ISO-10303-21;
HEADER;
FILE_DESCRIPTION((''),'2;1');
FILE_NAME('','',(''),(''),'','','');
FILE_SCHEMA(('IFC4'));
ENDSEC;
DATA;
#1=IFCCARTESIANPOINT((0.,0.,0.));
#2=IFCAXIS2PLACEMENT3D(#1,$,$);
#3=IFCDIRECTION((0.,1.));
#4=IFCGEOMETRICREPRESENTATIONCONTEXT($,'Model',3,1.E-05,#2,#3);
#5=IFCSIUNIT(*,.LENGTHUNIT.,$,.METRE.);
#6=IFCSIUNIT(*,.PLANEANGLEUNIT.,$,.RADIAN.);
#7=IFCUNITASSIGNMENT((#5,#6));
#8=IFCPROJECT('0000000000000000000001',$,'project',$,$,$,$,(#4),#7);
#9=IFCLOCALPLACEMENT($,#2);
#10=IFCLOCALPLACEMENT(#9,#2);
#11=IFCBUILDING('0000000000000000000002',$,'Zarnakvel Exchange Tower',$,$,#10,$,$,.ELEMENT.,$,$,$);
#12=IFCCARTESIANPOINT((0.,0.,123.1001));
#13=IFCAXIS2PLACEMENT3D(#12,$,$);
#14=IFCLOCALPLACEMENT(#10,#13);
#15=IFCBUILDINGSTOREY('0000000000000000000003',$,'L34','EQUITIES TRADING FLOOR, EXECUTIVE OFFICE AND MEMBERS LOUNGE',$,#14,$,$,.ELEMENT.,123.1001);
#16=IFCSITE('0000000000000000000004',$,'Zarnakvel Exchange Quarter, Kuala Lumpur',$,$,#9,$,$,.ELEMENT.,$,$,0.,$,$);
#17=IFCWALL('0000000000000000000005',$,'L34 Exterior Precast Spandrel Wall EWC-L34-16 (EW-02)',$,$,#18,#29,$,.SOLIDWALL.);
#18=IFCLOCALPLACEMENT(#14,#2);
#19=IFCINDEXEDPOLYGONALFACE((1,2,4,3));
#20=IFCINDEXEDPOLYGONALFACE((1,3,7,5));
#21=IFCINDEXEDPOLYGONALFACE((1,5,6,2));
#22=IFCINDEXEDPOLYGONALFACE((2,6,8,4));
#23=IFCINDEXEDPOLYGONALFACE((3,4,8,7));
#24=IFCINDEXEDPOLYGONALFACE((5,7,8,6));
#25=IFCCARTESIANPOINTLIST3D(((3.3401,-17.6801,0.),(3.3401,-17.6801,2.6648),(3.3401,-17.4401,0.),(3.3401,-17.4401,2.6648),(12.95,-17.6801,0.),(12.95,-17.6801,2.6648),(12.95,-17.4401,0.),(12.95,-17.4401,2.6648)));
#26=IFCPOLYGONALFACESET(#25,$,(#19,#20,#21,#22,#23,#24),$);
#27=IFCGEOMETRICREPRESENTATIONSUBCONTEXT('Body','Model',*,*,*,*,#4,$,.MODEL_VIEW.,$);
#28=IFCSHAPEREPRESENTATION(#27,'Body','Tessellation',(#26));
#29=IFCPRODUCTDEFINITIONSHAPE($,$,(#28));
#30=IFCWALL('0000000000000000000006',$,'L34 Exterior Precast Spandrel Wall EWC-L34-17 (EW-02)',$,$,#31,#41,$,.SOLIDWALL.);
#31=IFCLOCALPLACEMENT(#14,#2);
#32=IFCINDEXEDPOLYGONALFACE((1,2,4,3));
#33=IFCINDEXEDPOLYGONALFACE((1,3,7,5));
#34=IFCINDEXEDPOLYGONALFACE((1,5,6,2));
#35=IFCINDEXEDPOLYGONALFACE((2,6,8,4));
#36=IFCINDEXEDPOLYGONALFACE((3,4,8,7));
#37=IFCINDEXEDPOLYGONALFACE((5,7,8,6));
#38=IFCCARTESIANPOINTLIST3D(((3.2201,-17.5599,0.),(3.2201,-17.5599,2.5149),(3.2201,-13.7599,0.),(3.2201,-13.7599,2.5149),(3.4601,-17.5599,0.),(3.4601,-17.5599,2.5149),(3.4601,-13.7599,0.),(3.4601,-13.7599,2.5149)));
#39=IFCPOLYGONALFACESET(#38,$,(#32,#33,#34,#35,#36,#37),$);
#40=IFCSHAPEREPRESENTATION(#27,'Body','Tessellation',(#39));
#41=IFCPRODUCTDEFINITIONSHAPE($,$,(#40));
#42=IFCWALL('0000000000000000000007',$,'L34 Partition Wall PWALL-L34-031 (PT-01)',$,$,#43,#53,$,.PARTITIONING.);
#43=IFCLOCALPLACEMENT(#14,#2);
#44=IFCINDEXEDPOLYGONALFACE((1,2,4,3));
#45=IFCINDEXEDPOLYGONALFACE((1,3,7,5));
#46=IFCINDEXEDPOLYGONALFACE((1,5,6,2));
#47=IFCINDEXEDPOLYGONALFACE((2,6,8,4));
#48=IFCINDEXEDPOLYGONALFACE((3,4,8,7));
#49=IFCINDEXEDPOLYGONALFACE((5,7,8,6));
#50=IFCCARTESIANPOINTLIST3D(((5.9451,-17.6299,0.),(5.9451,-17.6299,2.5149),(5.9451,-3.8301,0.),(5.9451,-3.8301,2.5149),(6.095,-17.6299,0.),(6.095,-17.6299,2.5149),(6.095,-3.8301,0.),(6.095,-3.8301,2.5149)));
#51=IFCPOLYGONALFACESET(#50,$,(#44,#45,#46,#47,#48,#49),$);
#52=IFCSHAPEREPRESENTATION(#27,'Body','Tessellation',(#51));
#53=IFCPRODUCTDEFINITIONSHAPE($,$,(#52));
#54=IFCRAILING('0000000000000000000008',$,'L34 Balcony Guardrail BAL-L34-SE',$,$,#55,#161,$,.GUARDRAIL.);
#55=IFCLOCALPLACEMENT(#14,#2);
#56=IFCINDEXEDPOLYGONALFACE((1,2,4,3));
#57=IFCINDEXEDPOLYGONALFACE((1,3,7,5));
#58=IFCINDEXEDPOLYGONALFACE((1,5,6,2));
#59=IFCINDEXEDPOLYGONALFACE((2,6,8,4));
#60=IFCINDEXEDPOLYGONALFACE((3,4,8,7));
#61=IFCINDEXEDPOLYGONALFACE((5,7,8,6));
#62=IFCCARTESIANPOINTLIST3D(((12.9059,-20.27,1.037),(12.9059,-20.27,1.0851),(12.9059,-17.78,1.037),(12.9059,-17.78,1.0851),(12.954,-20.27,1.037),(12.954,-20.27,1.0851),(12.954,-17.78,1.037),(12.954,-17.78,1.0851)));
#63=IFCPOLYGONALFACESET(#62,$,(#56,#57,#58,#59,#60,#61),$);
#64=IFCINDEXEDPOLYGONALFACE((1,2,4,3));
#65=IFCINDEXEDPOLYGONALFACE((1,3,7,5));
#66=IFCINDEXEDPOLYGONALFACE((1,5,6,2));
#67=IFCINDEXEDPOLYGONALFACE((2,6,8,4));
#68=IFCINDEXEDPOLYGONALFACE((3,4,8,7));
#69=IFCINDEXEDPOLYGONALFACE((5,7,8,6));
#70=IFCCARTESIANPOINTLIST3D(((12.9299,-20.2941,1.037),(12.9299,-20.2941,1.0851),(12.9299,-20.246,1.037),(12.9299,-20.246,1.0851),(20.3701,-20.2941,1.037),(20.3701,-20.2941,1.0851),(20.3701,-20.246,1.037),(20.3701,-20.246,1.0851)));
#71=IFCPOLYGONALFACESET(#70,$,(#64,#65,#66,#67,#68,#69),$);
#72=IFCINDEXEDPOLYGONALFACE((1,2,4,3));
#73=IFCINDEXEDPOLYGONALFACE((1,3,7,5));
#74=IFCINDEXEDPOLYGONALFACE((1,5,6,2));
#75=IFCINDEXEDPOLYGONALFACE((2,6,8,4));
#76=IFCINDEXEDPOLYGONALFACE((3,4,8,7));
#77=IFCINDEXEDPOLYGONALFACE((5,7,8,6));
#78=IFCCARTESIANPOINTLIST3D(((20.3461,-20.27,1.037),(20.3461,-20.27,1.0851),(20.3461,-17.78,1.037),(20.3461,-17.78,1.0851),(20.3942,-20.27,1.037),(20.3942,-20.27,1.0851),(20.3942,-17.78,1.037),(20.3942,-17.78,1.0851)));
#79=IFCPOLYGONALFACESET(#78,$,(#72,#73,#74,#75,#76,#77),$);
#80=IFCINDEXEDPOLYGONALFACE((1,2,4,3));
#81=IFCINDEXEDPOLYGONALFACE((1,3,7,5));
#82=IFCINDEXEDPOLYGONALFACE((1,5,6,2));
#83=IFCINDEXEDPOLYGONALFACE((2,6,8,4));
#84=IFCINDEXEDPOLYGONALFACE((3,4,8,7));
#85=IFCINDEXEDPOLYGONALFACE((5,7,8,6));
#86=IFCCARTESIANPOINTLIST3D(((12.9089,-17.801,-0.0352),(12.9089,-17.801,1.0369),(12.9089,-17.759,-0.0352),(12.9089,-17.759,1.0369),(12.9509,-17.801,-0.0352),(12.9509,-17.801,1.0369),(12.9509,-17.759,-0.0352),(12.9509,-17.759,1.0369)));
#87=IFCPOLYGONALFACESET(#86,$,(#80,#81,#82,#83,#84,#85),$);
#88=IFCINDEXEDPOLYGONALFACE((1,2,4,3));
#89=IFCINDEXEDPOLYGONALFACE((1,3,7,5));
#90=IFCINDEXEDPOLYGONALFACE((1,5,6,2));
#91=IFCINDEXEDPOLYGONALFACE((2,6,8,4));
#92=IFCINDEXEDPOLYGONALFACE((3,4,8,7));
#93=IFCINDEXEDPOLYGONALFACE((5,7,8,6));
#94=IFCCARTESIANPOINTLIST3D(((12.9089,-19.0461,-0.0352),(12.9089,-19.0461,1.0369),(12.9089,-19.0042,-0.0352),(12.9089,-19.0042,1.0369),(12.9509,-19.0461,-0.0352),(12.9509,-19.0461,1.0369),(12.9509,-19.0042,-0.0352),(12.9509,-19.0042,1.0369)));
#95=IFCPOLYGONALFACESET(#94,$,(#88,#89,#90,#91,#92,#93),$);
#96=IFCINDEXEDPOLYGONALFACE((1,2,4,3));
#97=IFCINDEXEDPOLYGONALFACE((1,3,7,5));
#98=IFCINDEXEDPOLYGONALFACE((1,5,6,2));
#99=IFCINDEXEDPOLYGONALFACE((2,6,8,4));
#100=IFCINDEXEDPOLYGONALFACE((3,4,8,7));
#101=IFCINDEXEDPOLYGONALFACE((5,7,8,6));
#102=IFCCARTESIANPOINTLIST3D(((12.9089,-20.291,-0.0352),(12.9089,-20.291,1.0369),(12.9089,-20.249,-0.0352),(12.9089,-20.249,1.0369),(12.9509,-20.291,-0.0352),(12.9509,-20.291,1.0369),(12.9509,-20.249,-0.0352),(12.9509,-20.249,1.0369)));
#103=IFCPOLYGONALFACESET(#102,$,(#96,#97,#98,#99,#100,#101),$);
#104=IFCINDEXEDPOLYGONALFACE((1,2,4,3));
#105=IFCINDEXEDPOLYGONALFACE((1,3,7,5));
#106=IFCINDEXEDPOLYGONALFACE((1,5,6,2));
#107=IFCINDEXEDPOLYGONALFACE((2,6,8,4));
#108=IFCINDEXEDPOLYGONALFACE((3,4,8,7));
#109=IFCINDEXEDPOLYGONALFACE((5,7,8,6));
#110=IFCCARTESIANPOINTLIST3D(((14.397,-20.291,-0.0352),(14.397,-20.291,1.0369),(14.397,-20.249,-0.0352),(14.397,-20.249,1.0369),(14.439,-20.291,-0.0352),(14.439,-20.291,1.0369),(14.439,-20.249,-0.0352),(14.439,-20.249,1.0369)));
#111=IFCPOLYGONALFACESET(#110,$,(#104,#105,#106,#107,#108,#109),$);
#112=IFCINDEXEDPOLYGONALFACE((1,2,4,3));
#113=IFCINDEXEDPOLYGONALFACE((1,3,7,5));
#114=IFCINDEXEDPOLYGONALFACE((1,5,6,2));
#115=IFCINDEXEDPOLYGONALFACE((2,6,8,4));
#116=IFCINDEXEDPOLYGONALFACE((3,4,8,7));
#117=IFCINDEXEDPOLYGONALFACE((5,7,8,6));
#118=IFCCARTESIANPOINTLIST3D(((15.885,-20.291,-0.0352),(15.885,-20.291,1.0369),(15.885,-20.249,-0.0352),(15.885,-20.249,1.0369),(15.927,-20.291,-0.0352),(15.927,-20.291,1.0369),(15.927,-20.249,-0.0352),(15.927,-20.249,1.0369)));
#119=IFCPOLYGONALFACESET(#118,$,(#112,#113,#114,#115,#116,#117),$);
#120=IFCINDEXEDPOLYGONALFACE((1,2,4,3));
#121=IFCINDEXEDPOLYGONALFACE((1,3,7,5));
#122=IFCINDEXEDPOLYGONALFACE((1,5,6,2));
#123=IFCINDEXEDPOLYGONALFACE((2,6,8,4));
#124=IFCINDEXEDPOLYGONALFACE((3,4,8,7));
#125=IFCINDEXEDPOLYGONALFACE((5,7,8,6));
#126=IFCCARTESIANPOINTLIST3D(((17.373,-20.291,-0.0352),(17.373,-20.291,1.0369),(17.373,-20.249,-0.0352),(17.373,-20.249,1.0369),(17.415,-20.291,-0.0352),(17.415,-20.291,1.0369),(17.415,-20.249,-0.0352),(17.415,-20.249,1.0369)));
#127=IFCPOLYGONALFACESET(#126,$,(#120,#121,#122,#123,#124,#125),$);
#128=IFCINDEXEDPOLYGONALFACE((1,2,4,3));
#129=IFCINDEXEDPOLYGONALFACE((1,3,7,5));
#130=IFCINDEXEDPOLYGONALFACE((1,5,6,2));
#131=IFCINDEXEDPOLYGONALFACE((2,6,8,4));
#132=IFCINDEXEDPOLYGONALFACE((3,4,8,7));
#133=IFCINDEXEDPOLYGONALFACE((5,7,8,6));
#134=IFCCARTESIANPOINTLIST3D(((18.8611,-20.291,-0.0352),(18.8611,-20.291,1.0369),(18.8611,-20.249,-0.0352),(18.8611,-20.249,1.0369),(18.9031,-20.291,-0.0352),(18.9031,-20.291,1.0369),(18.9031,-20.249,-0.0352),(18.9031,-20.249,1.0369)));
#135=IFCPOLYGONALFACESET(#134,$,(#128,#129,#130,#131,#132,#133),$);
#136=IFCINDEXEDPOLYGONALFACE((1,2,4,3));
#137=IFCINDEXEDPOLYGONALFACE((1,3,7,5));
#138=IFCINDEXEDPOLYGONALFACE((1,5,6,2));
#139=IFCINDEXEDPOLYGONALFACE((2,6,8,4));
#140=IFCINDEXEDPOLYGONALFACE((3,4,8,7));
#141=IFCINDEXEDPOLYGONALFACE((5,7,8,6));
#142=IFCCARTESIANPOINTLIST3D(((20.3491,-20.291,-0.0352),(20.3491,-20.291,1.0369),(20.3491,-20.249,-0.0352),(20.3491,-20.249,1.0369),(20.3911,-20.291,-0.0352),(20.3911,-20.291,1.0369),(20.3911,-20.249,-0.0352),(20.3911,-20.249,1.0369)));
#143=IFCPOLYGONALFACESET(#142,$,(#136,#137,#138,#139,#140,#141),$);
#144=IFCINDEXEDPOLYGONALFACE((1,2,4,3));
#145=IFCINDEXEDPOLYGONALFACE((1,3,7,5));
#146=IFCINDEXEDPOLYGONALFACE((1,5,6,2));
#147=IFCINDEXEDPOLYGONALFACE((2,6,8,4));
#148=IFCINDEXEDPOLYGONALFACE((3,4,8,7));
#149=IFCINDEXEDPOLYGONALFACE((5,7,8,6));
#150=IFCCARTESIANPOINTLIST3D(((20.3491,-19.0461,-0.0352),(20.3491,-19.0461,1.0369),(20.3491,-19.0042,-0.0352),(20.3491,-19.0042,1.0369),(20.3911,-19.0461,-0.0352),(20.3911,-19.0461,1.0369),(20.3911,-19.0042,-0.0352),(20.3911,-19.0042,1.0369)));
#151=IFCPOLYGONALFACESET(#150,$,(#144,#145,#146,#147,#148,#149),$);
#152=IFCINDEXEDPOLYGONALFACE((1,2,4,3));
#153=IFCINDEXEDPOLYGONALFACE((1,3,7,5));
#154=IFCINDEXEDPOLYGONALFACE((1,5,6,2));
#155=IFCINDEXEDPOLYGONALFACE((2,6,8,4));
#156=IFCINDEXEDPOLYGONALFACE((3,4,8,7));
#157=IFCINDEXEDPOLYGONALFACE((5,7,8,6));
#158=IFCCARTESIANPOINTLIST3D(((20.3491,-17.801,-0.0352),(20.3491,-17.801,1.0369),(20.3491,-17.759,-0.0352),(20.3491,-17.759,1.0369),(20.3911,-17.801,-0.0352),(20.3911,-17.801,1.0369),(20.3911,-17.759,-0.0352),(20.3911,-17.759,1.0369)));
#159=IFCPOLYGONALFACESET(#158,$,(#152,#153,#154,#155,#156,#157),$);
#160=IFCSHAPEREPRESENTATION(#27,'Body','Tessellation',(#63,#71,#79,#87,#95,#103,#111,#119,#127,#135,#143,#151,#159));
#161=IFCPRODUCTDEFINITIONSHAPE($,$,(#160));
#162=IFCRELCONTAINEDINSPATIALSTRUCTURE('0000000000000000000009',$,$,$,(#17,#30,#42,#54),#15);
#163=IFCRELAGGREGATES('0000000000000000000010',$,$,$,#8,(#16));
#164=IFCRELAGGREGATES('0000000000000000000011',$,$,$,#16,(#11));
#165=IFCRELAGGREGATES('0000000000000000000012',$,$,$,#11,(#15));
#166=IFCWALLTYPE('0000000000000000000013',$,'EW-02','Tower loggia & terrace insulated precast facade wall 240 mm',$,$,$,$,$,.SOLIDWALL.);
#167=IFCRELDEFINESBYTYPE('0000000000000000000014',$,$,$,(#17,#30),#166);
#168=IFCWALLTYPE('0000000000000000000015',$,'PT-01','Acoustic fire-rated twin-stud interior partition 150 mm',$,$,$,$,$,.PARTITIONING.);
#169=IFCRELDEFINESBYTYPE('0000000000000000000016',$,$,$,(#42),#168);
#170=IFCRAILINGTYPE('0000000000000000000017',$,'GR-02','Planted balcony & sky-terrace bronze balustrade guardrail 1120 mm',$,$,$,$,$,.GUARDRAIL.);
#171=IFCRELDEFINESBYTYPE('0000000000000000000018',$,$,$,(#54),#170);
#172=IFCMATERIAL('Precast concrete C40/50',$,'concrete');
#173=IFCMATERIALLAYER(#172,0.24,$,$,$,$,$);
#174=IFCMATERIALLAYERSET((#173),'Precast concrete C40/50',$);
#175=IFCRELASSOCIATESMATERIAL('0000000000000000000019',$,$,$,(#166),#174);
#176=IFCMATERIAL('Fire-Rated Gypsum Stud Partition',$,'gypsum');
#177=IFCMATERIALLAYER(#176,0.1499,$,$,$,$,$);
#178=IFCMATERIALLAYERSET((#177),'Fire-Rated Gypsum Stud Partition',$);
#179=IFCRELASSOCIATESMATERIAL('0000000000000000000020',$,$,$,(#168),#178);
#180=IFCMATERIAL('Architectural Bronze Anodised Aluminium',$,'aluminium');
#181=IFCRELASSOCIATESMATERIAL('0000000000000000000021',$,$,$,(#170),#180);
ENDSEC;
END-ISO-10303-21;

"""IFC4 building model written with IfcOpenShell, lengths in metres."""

from ifc_helpers import new_model, si_unit, direction, frame, frame_2d, origin, origin_2d, place, context, subcontext, project, spatial, rectangle, extrude, material, layer, layer_set, type_object, element, save


model = new_model("IFC4")

# Units and contexts
model_context = context("Model", 3, precision=1e-05, world=origin(), true_north=direction((0.0, 1.0)))
body_context = subcontext(model_context, "Body", "Model", "MODEL_VIEW")
ifc_project = project(units=[si_unit("LENGTHUNIT", "METRE"), si_unit("PLANEANGLEUNIT", "RADIAN")], contexts=[model_context])

# Site, building, storey
site_placement = place(None, origin())
site = spatial("IfcSite", under=ifc_project, at=site_placement, Name="Zarnakvel Exchange Quarter, Kuala Lumpur", CompositionType="ELEMENT", RefElevation=0.0)
building_placement = place(site_placement, origin())
building = spatial("IfcBuilding", under=site, at=building_placement, Name="Zarnakvel Exchange Tower", CompositionType="ELEMENT")
storey_placement = place(building_placement, frame((0.0, 0.0, 123.1001)))
storey = spatial("IfcBuildingStorey", under=building, at=storey_placement, Name="L34", Description="EQUITIES TRADING FLOOR, EXECUTIVE OFFICE AND MEMBERS LOUNGE", CompositionType="ELEMENT", Elevation=123.1001)

# Shared definitions
ifc_material_1 = material(Name="Architectural Bronze Anodised Aluminium", Category="aluminium")

# Walls
ifc_material_2 = material(Name="Precast concrete C40/50", Category="concrete")
ifc_layer_1 = layer(ifc_material_2, 0.24)
ifc_layer_set_1 = layer_set([ifc_layer_1], Name="Precast concrete C40/50")
wall_type_1 = type_object("IfcWallType", Name="EW-02", Description="Tower loggia & terrace insulated precast facade wall 240 mm", PredefinedType="SOLIDWALL", material=ifc_layer_set_1)
wall_1_placement = place(storey_placement, frame((3.3401, -17.5601, 0.0), z_axis=(0.0, 0.0, 1.0), x_axis=(1.0, 0.0, 0.0)))
element("IfcWall", 1, at=wall_1_placement, inside=storey, type_object=wall_type_1, Name="L34 Exterior Precast Spandrel Wall EWC-L34-16 (EW-02)", PredefinedType="SOLIDWALL", context=body_context, shape_type="SweptSolid", body=[
    extrude(rectangle(XDim=9.6099, YDim=0.24, at=frame_2d((4.8049, 0.0))), origin(), (0.0, 0.0, 1.0), 2.6648),
])
wall_2_placement = place(storey_placement, frame((3.3401, -13.76, 0.0), z_axis=(0.0, 0.0, 1.0), x_axis=(0.0, -1.0, 0.0)))
element("IfcWall", 2, at=wall_2_placement, inside=storey, type_object=wall_type_1, Name="L34 Exterior Precast Spandrel Wall EWC-L34-17 (EW-02)", PredefinedType="SOLIDWALL", context=body_context, shape_type="SweptSolid", body=[
    extrude(rectangle(XDim=3.8, YDim=0.24, at=frame_2d((1.8999, 0.0))), origin(), (0.0, 0.0, 1.0), 2.5149),
])
ifc_material_3 = material(Name="Fire-Rated Gypsum Stud Partition", Category="gypsum")
ifc_layer_2 = layer(ifc_material_3, 0.1499)
ifc_layer_set_2 = layer_set([ifc_layer_2], Name="Fire-Rated Gypsum Stud Partition")
wall_type_2 = type_object("IfcWallType", Name="PT-01", Description="Acoustic fire-rated twin-stud interior partition 150 mm", PredefinedType="PARTITIONING", material=ifc_layer_set_2)
wall_3_placement = place(storey_placement, frame((6.02, -17.6299, 0.0), z_axis=(0.0, 0.0, 1.0), x_axis=(0.0, 1.0, 0.0)))
element("IfcWall", 3, at=wall_3_placement, inside=storey, type_object=wall_type_2, Name="L34 Partition Wall PWALL-L34-031 (PT-01)", PredefinedType="PARTITIONING", context=body_context, shape_type="SweptSolid", body=[
    extrude(rectangle(XDim=13.7998, YDim=0.1499, at=frame_2d((6.8999, 0.0))), origin(), (0.0, 0.0, 1.0), 2.5149),
])

# Railing
railing_type = type_object("IfcRailingType", Name="GR-02", Description="Planted balcony & sky-terrace bronze balustrade guardrail 1120 mm", PredefinedType="GUARDRAIL", material=ifc_material_1)
railing_placement = place(storey_placement, frame((12.9299, -17.78, -0.0352)))
element("IfcRailing", 4, at=railing_placement, inside=storey, type_object=railing_type, Name="L34 Balcony Guardrail BAL-L34-SE", PredefinedType="GUARDRAIL", context=body_context, shape_type="SweptSolid", body=[
    extrude(rectangle(XDim=0.0481, YDim=0.0481, at=origin_2d()), frame((0.0, 0.0, 1.0962), z_axis=(0.0, -1.0, 0.0), x_axis=(1.0, 0.0, 0.0)), (0.0, 0.0, 1.0), 2.49),
    extrude(rectangle(XDim=0.0481, YDim=0.0481, at=origin_2d()), frame((0.0, -2.49, 1.0962), z_axis=(1.0, 0.0, 0.0), x_axis=(0.0, 1.0, 0.0)), (0.0, 0.0, 1.0), 7.4402),
    extrude(rectangle(XDim=0.0481, YDim=0.0481, at=origin_2d()), frame((7.4402, -2.49, 1.0962), z_axis=(0.0, 1.0, 0.0), x_axis=(-1.0, 0.0, 0.0)), (0.0, 0.0, 1.0), 2.49),
    extrude(rectangle(XDim=0.042, YDim=0.042, at=origin_2d()), origin(), (0.0, 0.0, 1.0), 1.072),
    extrude(rectangle(XDim=0.042, YDim=0.042, at=origin_2d()), frame((0.0, -1.2451, 0.0)), (0.0, 0.0, 1.0), 1.072),
    extrude(rectangle(XDim=0.042, YDim=0.042, at=origin_2d()), frame((0.0, -2.49, 0.0)), (0.0, 0.0, 1.0), 1.072),
    extrude(rectangle(XDim=0.042, YDim=0.042, at=origin_2d()), frame((1.488, -2.49, 0.0)), (0.0, 0.0, 1.0), 1.072),
    extrude(rectangle(XDim=0.042, YDim=0.042, at=origin_2d()), frame((2.9761, -2.49, 0.0)), (0.0, 0.0, 1.0), 1.072),
    extrude(rectangle(XDim=0.042, YDim=0.042, at=origin_2d()), frame((4.4641, -2.49, 0.0)), (0.0, 0.0, 1.0), 1.072),
    extrude(rectangle(XDim=0.042, YDim=0.042, at=origin_2d()), frame((5.9521, -2.49, 0.0)), (0.0, 0.0, 1.0), 1.072),
    extrude(rectangle(XDim=0.042, YDim=0.042, at=origin_2d()), frame((7.4402, -2.49, 0.0)), (0.0, 0.0, 1.0), 1.072),
    extrude(rectangle(XDim=0.042, YDim=0.042, at=origin_2d()), frame((7.4402, -1.2451, 0.0)), (0.0, 0.0, 1.0), 1.072),
    extrude(rectangle(XDim=0.042, YDim=0.042, at=origin_2d()), frame((7.4402, 0.0, 0.0)), (0.0, 0.0, 1.0), 1.072),
])

save(model, "model.ifc")
